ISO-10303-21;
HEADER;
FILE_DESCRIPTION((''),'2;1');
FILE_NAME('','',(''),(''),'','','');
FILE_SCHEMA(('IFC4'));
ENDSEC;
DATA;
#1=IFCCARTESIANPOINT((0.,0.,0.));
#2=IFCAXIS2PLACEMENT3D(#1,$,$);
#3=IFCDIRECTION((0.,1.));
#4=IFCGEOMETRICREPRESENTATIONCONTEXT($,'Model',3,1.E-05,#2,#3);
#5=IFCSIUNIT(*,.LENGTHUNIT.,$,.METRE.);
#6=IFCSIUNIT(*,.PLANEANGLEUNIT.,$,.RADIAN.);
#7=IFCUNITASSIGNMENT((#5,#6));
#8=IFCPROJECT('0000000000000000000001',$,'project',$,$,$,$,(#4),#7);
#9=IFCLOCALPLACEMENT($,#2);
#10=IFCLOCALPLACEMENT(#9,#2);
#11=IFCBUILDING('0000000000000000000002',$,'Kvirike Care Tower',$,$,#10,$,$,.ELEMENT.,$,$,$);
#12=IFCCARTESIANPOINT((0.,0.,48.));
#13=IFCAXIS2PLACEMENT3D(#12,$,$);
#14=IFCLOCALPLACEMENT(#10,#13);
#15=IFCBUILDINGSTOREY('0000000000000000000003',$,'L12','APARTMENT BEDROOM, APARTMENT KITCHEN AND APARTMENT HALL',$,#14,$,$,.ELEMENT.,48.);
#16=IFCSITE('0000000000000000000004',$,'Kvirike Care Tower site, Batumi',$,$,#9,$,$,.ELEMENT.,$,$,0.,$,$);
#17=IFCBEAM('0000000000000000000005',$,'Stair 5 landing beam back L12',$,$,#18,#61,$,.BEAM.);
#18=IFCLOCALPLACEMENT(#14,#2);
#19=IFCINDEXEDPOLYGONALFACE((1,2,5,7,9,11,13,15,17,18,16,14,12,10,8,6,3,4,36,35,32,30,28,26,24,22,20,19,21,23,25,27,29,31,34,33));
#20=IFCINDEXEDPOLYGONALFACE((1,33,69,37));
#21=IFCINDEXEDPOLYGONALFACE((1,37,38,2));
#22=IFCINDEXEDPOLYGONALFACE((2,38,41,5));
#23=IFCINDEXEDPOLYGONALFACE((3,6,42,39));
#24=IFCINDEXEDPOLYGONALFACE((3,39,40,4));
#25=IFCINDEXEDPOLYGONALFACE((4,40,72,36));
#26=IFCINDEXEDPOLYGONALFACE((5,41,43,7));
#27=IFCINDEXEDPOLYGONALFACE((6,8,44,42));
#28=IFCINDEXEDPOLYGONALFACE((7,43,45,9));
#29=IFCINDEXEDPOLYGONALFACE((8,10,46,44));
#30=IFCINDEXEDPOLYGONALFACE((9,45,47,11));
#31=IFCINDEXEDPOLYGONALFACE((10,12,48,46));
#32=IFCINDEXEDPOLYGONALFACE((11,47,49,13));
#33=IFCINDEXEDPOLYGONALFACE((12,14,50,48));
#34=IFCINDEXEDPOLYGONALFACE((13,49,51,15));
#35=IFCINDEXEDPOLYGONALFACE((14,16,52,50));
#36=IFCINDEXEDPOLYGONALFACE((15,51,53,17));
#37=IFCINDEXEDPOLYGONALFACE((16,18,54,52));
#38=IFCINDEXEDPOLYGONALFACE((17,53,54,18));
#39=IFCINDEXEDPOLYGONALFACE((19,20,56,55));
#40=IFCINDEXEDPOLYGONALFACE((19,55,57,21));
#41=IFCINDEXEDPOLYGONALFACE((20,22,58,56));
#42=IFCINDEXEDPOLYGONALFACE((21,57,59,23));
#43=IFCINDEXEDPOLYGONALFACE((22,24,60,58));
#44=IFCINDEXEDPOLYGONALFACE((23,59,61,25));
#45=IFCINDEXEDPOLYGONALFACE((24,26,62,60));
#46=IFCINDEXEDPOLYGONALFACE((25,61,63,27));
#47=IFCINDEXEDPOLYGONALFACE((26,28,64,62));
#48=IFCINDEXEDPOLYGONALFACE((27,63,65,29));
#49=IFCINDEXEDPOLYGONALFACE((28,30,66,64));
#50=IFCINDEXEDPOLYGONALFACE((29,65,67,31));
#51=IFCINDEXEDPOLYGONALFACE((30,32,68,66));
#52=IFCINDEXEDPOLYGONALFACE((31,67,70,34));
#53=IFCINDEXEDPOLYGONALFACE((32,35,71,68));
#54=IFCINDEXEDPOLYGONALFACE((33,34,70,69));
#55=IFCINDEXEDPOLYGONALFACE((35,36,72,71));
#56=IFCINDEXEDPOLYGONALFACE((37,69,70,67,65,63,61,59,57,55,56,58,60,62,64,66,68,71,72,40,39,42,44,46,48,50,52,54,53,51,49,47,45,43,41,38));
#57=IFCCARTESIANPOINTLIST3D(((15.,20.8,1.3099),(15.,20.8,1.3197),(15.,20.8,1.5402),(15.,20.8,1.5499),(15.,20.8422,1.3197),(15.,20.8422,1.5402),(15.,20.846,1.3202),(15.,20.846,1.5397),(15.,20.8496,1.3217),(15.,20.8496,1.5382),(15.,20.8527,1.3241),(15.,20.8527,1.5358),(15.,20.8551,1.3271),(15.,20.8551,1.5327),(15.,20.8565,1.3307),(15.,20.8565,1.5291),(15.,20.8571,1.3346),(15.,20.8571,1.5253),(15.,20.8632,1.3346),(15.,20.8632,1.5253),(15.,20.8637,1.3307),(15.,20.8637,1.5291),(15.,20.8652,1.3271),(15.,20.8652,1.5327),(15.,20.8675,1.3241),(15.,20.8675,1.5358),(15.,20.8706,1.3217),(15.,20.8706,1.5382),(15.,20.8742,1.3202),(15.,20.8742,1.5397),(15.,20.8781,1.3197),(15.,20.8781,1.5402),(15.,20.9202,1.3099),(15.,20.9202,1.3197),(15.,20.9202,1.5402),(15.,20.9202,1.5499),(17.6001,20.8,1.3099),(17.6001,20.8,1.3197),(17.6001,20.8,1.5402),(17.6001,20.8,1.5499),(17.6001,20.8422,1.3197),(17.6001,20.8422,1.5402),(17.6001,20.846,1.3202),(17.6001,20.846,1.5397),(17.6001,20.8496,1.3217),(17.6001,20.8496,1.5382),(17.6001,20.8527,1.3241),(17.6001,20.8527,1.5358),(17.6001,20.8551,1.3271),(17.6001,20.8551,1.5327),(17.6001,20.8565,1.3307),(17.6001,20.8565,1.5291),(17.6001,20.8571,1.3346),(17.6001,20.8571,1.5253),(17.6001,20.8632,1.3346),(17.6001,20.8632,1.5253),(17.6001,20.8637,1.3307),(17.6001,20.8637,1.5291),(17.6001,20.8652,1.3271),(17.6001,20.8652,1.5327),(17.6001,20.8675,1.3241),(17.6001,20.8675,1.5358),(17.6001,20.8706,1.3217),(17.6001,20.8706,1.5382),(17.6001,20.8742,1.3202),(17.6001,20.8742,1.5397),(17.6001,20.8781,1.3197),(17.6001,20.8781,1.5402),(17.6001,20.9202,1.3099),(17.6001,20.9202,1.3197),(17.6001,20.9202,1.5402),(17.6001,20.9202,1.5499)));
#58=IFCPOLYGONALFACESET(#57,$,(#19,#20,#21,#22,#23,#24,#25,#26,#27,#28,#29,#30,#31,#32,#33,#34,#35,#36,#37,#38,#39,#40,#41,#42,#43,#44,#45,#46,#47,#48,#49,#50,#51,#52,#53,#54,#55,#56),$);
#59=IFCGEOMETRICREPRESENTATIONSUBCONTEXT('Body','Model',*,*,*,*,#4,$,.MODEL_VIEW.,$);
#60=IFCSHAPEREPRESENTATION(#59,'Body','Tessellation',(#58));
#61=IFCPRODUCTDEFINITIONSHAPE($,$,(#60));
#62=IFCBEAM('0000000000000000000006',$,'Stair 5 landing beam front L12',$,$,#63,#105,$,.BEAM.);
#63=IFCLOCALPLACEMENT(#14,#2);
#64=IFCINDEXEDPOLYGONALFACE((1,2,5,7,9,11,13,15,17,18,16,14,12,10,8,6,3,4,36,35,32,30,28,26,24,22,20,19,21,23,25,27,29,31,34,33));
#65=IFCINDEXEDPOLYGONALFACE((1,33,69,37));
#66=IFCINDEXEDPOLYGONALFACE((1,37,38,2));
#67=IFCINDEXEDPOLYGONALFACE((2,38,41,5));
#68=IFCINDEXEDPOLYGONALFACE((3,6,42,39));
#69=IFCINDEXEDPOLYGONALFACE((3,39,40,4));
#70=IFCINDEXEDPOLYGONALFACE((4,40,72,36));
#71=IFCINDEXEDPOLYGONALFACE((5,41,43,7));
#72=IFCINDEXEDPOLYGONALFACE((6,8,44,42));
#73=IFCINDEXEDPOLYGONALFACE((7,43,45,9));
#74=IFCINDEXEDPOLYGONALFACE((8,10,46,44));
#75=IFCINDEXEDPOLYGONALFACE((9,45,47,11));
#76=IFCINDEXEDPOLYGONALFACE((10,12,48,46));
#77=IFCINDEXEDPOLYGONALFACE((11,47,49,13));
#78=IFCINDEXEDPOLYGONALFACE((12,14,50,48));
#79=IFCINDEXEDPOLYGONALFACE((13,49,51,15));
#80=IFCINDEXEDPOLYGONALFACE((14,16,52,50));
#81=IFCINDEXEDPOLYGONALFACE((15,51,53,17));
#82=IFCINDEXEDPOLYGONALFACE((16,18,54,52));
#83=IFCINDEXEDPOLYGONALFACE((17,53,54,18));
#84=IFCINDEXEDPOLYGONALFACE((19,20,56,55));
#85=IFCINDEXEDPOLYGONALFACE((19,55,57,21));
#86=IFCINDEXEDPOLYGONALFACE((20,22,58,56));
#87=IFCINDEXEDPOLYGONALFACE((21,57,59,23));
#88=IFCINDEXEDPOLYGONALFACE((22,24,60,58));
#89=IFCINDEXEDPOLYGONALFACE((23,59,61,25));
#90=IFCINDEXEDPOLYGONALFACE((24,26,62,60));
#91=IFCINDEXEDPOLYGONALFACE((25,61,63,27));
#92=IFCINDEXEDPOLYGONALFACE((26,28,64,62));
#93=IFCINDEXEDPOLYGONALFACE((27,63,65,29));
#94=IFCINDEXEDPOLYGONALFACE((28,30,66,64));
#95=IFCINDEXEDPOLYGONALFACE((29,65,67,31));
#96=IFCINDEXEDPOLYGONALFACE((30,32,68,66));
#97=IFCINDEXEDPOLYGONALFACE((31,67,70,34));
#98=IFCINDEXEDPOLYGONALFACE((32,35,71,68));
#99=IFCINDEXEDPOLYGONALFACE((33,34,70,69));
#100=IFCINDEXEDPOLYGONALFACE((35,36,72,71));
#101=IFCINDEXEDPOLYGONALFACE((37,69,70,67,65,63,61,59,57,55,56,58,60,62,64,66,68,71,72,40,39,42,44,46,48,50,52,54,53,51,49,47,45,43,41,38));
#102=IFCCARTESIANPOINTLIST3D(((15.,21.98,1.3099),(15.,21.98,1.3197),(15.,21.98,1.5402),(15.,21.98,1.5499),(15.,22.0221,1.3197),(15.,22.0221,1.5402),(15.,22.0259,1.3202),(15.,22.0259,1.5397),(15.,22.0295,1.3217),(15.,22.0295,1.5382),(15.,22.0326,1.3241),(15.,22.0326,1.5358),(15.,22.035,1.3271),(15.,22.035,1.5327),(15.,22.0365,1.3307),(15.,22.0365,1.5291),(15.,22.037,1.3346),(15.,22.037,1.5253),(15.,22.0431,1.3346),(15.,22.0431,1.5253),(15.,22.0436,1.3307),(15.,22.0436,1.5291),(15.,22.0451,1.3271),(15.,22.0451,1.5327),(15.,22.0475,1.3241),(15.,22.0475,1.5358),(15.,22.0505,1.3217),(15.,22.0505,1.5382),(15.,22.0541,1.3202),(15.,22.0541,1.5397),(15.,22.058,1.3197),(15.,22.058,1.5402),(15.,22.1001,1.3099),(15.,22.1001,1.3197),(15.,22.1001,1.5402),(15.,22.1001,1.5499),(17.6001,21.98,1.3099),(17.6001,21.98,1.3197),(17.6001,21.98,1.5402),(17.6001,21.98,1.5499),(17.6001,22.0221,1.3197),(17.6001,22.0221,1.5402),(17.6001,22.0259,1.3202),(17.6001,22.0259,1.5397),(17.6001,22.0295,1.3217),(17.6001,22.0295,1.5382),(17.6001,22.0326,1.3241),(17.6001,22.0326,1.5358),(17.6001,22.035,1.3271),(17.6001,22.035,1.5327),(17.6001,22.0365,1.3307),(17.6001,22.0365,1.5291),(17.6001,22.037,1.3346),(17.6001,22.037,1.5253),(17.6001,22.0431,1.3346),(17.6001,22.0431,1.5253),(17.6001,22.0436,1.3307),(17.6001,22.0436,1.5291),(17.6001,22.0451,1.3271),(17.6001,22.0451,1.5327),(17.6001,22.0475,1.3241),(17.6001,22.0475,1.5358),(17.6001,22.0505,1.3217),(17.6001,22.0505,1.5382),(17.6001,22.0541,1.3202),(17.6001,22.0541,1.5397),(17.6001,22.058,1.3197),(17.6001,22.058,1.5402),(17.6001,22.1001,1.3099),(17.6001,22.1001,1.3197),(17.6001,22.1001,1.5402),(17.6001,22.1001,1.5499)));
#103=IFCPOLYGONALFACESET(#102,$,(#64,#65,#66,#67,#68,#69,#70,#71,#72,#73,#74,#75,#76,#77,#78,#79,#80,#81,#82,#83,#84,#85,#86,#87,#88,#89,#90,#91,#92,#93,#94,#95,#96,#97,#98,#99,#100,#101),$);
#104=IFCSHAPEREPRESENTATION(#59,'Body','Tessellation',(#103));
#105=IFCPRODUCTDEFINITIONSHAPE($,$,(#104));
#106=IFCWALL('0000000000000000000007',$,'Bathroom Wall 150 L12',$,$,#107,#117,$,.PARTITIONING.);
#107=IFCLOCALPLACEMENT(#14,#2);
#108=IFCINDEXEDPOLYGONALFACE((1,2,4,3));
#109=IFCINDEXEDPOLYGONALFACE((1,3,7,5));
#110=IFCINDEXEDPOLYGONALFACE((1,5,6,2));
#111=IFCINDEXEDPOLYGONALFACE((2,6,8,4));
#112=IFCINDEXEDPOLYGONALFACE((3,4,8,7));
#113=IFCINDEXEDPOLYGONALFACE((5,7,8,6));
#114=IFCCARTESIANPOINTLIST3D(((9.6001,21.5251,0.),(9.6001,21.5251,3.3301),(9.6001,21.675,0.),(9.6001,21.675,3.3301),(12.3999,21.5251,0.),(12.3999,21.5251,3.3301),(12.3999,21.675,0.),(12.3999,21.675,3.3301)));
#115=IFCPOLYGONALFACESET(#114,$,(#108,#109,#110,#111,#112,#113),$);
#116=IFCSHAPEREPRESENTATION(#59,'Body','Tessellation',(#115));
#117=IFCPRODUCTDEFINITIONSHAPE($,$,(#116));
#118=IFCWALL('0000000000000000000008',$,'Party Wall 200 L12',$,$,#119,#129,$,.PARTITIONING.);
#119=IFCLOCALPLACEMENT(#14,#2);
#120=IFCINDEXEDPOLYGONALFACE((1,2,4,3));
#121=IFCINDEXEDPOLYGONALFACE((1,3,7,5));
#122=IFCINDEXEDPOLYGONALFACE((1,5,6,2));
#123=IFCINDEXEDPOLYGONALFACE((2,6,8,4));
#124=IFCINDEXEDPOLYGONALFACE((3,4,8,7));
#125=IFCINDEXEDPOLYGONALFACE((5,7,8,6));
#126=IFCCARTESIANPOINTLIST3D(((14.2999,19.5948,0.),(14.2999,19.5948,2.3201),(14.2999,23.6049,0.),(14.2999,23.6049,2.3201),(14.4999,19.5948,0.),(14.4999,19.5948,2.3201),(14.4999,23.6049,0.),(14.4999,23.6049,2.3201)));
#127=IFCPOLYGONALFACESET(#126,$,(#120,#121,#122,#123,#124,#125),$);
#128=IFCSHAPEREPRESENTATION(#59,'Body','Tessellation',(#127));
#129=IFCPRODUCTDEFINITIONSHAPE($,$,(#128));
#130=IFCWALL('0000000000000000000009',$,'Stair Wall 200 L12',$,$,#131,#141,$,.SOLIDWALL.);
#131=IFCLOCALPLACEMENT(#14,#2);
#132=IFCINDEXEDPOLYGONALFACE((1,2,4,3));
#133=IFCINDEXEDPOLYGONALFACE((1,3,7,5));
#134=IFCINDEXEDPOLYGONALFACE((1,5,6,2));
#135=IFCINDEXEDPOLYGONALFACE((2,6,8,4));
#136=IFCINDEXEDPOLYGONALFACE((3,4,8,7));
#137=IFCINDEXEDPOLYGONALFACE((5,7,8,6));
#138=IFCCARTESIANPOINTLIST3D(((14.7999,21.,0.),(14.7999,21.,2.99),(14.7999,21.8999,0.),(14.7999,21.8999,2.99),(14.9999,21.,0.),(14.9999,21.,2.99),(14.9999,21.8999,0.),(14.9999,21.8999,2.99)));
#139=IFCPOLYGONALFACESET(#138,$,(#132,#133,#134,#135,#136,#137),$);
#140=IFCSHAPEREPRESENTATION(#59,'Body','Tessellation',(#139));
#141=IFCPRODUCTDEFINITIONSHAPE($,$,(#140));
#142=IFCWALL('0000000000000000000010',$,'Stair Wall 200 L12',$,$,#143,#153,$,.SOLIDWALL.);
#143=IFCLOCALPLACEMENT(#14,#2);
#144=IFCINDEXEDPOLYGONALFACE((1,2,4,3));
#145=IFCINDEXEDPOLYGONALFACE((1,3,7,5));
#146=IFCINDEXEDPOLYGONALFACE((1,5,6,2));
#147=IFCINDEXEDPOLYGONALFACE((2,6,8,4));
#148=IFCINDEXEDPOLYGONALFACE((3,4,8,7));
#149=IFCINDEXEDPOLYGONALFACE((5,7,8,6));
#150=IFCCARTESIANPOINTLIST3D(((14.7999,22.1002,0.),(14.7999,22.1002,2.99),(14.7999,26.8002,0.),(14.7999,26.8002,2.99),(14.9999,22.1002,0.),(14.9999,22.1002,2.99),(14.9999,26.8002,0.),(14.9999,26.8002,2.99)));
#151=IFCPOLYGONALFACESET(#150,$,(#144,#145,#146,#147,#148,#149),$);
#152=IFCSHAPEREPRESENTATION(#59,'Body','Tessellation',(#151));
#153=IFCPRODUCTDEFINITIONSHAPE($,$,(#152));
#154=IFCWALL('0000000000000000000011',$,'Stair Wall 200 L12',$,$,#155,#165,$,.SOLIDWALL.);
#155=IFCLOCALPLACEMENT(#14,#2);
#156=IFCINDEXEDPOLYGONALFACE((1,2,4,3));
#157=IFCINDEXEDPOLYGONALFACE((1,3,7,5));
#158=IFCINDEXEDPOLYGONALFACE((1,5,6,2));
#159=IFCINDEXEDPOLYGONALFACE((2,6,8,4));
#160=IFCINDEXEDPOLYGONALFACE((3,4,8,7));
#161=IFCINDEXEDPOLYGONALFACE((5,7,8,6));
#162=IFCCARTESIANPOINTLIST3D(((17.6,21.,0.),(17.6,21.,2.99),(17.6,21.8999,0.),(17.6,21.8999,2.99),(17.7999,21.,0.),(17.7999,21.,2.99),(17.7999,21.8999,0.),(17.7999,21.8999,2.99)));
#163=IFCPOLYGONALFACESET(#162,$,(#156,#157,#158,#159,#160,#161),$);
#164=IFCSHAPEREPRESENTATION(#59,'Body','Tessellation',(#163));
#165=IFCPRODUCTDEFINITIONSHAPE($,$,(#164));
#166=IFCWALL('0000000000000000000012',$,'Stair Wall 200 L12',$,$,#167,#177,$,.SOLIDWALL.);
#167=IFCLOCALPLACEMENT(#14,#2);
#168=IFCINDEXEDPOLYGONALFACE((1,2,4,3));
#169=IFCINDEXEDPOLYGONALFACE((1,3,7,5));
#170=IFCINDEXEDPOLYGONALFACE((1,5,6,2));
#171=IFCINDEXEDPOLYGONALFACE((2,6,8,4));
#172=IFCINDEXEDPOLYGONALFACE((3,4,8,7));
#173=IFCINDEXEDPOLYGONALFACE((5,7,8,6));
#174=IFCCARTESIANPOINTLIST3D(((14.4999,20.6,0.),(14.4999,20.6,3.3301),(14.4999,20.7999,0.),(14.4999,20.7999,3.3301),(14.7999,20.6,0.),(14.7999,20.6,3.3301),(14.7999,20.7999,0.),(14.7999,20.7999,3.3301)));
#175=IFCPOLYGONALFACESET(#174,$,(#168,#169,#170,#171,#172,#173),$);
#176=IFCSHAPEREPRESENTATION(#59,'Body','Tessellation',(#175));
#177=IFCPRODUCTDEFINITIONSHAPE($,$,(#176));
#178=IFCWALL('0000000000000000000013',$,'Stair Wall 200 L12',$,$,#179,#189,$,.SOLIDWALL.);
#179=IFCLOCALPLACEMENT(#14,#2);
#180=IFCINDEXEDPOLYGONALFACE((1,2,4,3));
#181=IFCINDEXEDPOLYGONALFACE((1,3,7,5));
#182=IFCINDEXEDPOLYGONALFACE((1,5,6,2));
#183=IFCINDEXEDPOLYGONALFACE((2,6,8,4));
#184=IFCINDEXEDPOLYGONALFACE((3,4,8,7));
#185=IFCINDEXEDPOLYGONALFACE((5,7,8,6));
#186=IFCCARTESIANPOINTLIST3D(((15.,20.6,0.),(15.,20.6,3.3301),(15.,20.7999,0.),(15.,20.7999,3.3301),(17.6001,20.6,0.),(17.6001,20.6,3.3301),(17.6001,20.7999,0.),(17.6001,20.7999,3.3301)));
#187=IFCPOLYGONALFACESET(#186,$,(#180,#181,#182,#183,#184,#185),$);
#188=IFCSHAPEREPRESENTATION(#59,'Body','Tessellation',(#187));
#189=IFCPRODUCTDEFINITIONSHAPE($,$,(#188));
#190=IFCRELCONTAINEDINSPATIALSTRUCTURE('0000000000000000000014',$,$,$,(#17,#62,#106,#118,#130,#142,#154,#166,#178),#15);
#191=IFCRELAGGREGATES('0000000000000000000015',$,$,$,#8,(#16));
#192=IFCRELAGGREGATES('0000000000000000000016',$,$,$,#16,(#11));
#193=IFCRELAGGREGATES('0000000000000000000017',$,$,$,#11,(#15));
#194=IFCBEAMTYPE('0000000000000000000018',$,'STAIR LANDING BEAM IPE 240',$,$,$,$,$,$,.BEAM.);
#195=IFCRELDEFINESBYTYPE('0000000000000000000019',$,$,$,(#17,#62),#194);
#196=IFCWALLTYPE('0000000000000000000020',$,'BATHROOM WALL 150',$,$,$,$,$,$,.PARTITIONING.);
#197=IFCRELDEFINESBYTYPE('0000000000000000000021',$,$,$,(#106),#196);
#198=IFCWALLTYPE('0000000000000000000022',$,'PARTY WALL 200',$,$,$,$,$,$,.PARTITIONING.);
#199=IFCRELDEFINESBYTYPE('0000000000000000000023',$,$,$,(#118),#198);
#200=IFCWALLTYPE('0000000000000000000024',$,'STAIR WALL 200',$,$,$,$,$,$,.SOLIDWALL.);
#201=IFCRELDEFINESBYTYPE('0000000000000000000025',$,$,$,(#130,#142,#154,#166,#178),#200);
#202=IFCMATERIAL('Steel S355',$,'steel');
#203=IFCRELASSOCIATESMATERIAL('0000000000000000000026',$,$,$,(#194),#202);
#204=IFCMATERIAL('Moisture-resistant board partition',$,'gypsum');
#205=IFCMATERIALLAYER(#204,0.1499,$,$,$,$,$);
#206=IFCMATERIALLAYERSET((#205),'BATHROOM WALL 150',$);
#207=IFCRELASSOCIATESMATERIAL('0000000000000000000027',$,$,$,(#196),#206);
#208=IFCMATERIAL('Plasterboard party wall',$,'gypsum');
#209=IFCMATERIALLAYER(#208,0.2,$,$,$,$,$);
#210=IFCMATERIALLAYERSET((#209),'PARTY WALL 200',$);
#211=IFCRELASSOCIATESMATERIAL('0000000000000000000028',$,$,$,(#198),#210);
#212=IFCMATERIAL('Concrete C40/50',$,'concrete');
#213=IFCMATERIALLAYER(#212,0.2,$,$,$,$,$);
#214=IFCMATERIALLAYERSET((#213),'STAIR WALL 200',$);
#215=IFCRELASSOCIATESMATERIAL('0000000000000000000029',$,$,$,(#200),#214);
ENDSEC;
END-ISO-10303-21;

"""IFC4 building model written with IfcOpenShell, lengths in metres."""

from ifc_helpers import new_model, si_unit, direction, frame, frame_2d, origin, origin_2d, place, context, subcontext, project, spatial, rectangle, i_section, extrude, material, layer, layer_set, material_profile, profile_set, type_object, element, save


model = new_model("IFC4")

# Units and contexts
model_context = context("Model", 3, precision=1e-05, world=origin(), true_north=direction((0.0, 1.0)))
body_context = subcontext(model_context, "Body", "Model", "MODEL_VIEW")
ifc_project = project(units=[si_unit("LENGTHUNIT", "METRE"), si_unit("PLANEANGLEUNIT", "RADIAN")], contexts=[model_context])

# Site, building, storey
site_placement = place(None, origin())
site = spatial("IfcSite", under=ifc_project, at=site_placement, Name="Kvirike Care Tower site, Batumi", CompositionType="ELEMENT", RefElevation=0.0)
building_placement = place(site_placement, origin())
building = spatial("IfcBuilding", under=site, at=building_placement, Name="Kvirike Care Tower", CompositionType="ELEMENT")
storey_placement = place(building_placement, frame((0.0, 0.0, 48.0)))
storey = spatial("IfcBuildingStorey", under=building, at=storey_placement, Name="L12", Description="APARTMENT BEDROOM, APARTMENT KITCHEN AND APARTMENT HALL", CompositionType="ELEMENT", Elevation=48.0)

# Beams
ifc_material_1 = material(Name="Steel S355", Category="steel")
ifc_material_profile_1 = material_profile(ifc_material_1, i_section(OverallWidth=0.1201, OverallDepth=0.24, WebThickness=0.0061, FlangeThickness=0.0098, FilletRadius=0.0149, at=origin_2d()), Name="IPE 240")
ifc_profile_set_1 = profile_set([ifc_material_profile_1], Name="Steel S355")
beam_type_1 = type_object("IfcBeamType", Name="STAIR LANDING BEAM IPE 240", PredefinedType="BEAM", material=ifc_profile_set_1)
for number, where, z_axis, x_axis, name in (
    (1, (15.0, 20.8601, 1.4299), (1.0, 0.0, 0.0), (0.0, 1.0, 0.0), "Stair 5 landing beam back L12"),
    (2, (15.0, 22.04, 1.4299), (1.0, 0.0, 0.0), (0.0, 1.0, 0.0), "Stair 5 landing beam front L12"),
):
    element("IfcBeam", number, at=place(storey_placement, frame(where, z_axis=z_axis, x_axis=x_axis)), inside=storey, type_object=beam_type_1, Name=name, PredefinedType="BEAM", context=body_context, shape_type="SweptSolid", body=[
        extrude(i_section(OverallWidth=0.1201, OverallDepth=0.24, WebThickness=0.0061, FlangeThickness=0.0098, FilletRadius=0.0149, at=origin_2d()), origin(), (0.0, 0.0, 1.0), 2.6001),
    ])

# Walls
ifc_material_2 = material(Name="Moisture-resistant board partition", Category="gypsum")
ifc_layer_1 = layer(ifc_material_2, 0.1499)
ifc_layer_set_1 = layer_set([ifc_layer_1], Name="BATHROOM WALL 150")
wall_type_1 = type_object("IfcWallType", Name="BATHROOM WALL 150", PredefinedType="PARTITIONING", material=ifc_layer_set_1)
wall_1_placement = place(storey_placement, frame((9.6001, 21.6001, 0.0), z_axis=(0.0, 0.0, 1.0), x_axis=(1.0, 0.0, 0.0)))
element("IfcWall", 3, at=wall_1_placement, inside=storey, type_object=wall_type_1, Name="Bathroom Wall 150 L12", PredefinedType="PARTITIONING", context=body_context, shape_type="SweptSolid", body=[
    extrude(rectangle(XDim=2.7998, YDim=0.1499, at=frame_2d((1.3999, 0.0))), origin(), (0.0, 0.0, 1.0), 3.3301),
])
ifc_material_3 = material(Name="Plasterboard party wall", Category="gypsum")
ifc_layer_2 = layer(ifc_material_3, 0.2)
ifc_layer_set_2 = layer_set([ifc_layer_2], Name="PARTY WALL 200")
wall_type_2 = type_object("IfcWallType", Name="PARTY WALL 200", PredefinedType="PARTITIONING", material=ifc_layer_set_2)
wall_2_placement = place(storey_placement, frame((14.3999, 19.595, 0.0), z_axis=(0.0, 0.0, 1.0), x_axis=(0.0, 1.0, 0.0)))
element("IfcWall", 4, at=wall_2_placement, inside=storey, type_object=wall_type_2, Name="Party Wall 200 L12", PredefinedType="PARTITIONING", context=body_context, shape_type="SweptSolid", body=[
    extrude(rectangle(XDim=4.01, YDim=0.2, at=frame_2d((2.0049, 0.0))), origin(), (0.0, 0.0, 1.0), 2.3201),
])
ifc_material_4 = material(Name="Concrete C40/50", Category="concrete")
ifc_layer_3 = layer(ifc_material_4, 0.2)
ifc_layer_set_3 = layer_set([ifc_layer_3], Name="STAIR WALL 200")
wall_type_3 = type_object("IfcWallType", Name="STAIR WALL 200", PredefinedType="SOLIDWALL", material=ifc_layer_set_3)
wall_3_placement = place(storey_placement, frame((14.8999, 21.0, 0.0), z_axis=(0.0, 0.0, 1.0), x_axis=(0.0, 1.0, 0.0)))
element("IfcWall", 5, at=wall_3_placement, inside=storey, type_object=wall_type_3, Name="Stair Wall 200 L12", PredefinedType="SOLIDWALL", context=body_context, shape_type="SweptSolid", body=[
    extrude(rectangle(XDim=0.8999, YDim=0.2, at=frame_2d((0.45, 0.0))), origin(), (0.0, 0.0, 1.0), 2.99),
])
wall_4_placement = place(storey_placement, frame((14.8999, 22.1001, 0.0), z_axis=(0.0, 0.0, 1.0), x_axis=(0.0, 1.0, 0.0)))
element("IfcWall", 6, at=wall_4_placement, inside=storey, type_object=wall_type_3, Name="Stair Wall 200 L12", PredefinedType="SOLIDWALL", context=body_context, shape_type="SweptSolid", body=[
    extrude(rectangle(XDim=4.7, YDim=0.2, at=frame_2d((2.3501, 0.0))), origin(), (0.0, 0.0, 1.0), 2.99),
])
wall_5_placement = place(storey_placement, frame((17.7, 21.0, 0.0), z_axis=(0.0, 0.0, 1.0), x_axis=(0.0, 1.0, 0.0)))
element("IfcWall", 7, at=wall_5_placement, inside=storey, type_object=wall_type_3, Name="Stair Wall 200 L12", PredefinedType="SOLIDWALL", context=body_context, shape_type="SweptSolid", body=[
    extrude(rectangle(XDim=0.8999, YDim=0.2, at=frame_2d((0.45, 0.0))), origin(), (0.0, 0.0, 1.0), 2.99),
])
wall_6_placement = place(storey_placement, frame((14.5, 20.7, 0.0), z_axis=(0.0, 0.0, 1.0), x_axis=(1.0, 0.0, 0.0)))
element("IfcWall", 8, at=wall_6_placement, inside=storey, type_object=wall_type_3, Name="Stair Wall 200 L12", PredefinedType="SOLIDWALL", context=body_context, shape_type="SweptSolid", body=[
    extrude(rectangle(XDim=0.3, YDim=0.2, at=frame_2d((0.1499, 0.0))), origin(), (0.0, 0.0, 1.0), 3.3301),
])
wall_7_placement = place(storey_placement, frame((15.0, 20.7, 0.0), z_axis=(0.0, 0.0, 1.0), x_axis=(1.0, 0.0, 0.0)))
element("IfcWall", 9, at=wall_7_placement, inside=storey, type_object=wall_type_3, Name="Stair Wall 200 L12", PredefinedType="SOLIDWALL", context=body_context, shape_type="SweptSolid", body=[
    extrude(rectangle(XDim=2.6001, YDim=0.2, at=frame_2d((1.3, 0.0))), origin(), (0.0, 0.0, 1.0), 3.3301),
])

save(model, "model.ifc")
